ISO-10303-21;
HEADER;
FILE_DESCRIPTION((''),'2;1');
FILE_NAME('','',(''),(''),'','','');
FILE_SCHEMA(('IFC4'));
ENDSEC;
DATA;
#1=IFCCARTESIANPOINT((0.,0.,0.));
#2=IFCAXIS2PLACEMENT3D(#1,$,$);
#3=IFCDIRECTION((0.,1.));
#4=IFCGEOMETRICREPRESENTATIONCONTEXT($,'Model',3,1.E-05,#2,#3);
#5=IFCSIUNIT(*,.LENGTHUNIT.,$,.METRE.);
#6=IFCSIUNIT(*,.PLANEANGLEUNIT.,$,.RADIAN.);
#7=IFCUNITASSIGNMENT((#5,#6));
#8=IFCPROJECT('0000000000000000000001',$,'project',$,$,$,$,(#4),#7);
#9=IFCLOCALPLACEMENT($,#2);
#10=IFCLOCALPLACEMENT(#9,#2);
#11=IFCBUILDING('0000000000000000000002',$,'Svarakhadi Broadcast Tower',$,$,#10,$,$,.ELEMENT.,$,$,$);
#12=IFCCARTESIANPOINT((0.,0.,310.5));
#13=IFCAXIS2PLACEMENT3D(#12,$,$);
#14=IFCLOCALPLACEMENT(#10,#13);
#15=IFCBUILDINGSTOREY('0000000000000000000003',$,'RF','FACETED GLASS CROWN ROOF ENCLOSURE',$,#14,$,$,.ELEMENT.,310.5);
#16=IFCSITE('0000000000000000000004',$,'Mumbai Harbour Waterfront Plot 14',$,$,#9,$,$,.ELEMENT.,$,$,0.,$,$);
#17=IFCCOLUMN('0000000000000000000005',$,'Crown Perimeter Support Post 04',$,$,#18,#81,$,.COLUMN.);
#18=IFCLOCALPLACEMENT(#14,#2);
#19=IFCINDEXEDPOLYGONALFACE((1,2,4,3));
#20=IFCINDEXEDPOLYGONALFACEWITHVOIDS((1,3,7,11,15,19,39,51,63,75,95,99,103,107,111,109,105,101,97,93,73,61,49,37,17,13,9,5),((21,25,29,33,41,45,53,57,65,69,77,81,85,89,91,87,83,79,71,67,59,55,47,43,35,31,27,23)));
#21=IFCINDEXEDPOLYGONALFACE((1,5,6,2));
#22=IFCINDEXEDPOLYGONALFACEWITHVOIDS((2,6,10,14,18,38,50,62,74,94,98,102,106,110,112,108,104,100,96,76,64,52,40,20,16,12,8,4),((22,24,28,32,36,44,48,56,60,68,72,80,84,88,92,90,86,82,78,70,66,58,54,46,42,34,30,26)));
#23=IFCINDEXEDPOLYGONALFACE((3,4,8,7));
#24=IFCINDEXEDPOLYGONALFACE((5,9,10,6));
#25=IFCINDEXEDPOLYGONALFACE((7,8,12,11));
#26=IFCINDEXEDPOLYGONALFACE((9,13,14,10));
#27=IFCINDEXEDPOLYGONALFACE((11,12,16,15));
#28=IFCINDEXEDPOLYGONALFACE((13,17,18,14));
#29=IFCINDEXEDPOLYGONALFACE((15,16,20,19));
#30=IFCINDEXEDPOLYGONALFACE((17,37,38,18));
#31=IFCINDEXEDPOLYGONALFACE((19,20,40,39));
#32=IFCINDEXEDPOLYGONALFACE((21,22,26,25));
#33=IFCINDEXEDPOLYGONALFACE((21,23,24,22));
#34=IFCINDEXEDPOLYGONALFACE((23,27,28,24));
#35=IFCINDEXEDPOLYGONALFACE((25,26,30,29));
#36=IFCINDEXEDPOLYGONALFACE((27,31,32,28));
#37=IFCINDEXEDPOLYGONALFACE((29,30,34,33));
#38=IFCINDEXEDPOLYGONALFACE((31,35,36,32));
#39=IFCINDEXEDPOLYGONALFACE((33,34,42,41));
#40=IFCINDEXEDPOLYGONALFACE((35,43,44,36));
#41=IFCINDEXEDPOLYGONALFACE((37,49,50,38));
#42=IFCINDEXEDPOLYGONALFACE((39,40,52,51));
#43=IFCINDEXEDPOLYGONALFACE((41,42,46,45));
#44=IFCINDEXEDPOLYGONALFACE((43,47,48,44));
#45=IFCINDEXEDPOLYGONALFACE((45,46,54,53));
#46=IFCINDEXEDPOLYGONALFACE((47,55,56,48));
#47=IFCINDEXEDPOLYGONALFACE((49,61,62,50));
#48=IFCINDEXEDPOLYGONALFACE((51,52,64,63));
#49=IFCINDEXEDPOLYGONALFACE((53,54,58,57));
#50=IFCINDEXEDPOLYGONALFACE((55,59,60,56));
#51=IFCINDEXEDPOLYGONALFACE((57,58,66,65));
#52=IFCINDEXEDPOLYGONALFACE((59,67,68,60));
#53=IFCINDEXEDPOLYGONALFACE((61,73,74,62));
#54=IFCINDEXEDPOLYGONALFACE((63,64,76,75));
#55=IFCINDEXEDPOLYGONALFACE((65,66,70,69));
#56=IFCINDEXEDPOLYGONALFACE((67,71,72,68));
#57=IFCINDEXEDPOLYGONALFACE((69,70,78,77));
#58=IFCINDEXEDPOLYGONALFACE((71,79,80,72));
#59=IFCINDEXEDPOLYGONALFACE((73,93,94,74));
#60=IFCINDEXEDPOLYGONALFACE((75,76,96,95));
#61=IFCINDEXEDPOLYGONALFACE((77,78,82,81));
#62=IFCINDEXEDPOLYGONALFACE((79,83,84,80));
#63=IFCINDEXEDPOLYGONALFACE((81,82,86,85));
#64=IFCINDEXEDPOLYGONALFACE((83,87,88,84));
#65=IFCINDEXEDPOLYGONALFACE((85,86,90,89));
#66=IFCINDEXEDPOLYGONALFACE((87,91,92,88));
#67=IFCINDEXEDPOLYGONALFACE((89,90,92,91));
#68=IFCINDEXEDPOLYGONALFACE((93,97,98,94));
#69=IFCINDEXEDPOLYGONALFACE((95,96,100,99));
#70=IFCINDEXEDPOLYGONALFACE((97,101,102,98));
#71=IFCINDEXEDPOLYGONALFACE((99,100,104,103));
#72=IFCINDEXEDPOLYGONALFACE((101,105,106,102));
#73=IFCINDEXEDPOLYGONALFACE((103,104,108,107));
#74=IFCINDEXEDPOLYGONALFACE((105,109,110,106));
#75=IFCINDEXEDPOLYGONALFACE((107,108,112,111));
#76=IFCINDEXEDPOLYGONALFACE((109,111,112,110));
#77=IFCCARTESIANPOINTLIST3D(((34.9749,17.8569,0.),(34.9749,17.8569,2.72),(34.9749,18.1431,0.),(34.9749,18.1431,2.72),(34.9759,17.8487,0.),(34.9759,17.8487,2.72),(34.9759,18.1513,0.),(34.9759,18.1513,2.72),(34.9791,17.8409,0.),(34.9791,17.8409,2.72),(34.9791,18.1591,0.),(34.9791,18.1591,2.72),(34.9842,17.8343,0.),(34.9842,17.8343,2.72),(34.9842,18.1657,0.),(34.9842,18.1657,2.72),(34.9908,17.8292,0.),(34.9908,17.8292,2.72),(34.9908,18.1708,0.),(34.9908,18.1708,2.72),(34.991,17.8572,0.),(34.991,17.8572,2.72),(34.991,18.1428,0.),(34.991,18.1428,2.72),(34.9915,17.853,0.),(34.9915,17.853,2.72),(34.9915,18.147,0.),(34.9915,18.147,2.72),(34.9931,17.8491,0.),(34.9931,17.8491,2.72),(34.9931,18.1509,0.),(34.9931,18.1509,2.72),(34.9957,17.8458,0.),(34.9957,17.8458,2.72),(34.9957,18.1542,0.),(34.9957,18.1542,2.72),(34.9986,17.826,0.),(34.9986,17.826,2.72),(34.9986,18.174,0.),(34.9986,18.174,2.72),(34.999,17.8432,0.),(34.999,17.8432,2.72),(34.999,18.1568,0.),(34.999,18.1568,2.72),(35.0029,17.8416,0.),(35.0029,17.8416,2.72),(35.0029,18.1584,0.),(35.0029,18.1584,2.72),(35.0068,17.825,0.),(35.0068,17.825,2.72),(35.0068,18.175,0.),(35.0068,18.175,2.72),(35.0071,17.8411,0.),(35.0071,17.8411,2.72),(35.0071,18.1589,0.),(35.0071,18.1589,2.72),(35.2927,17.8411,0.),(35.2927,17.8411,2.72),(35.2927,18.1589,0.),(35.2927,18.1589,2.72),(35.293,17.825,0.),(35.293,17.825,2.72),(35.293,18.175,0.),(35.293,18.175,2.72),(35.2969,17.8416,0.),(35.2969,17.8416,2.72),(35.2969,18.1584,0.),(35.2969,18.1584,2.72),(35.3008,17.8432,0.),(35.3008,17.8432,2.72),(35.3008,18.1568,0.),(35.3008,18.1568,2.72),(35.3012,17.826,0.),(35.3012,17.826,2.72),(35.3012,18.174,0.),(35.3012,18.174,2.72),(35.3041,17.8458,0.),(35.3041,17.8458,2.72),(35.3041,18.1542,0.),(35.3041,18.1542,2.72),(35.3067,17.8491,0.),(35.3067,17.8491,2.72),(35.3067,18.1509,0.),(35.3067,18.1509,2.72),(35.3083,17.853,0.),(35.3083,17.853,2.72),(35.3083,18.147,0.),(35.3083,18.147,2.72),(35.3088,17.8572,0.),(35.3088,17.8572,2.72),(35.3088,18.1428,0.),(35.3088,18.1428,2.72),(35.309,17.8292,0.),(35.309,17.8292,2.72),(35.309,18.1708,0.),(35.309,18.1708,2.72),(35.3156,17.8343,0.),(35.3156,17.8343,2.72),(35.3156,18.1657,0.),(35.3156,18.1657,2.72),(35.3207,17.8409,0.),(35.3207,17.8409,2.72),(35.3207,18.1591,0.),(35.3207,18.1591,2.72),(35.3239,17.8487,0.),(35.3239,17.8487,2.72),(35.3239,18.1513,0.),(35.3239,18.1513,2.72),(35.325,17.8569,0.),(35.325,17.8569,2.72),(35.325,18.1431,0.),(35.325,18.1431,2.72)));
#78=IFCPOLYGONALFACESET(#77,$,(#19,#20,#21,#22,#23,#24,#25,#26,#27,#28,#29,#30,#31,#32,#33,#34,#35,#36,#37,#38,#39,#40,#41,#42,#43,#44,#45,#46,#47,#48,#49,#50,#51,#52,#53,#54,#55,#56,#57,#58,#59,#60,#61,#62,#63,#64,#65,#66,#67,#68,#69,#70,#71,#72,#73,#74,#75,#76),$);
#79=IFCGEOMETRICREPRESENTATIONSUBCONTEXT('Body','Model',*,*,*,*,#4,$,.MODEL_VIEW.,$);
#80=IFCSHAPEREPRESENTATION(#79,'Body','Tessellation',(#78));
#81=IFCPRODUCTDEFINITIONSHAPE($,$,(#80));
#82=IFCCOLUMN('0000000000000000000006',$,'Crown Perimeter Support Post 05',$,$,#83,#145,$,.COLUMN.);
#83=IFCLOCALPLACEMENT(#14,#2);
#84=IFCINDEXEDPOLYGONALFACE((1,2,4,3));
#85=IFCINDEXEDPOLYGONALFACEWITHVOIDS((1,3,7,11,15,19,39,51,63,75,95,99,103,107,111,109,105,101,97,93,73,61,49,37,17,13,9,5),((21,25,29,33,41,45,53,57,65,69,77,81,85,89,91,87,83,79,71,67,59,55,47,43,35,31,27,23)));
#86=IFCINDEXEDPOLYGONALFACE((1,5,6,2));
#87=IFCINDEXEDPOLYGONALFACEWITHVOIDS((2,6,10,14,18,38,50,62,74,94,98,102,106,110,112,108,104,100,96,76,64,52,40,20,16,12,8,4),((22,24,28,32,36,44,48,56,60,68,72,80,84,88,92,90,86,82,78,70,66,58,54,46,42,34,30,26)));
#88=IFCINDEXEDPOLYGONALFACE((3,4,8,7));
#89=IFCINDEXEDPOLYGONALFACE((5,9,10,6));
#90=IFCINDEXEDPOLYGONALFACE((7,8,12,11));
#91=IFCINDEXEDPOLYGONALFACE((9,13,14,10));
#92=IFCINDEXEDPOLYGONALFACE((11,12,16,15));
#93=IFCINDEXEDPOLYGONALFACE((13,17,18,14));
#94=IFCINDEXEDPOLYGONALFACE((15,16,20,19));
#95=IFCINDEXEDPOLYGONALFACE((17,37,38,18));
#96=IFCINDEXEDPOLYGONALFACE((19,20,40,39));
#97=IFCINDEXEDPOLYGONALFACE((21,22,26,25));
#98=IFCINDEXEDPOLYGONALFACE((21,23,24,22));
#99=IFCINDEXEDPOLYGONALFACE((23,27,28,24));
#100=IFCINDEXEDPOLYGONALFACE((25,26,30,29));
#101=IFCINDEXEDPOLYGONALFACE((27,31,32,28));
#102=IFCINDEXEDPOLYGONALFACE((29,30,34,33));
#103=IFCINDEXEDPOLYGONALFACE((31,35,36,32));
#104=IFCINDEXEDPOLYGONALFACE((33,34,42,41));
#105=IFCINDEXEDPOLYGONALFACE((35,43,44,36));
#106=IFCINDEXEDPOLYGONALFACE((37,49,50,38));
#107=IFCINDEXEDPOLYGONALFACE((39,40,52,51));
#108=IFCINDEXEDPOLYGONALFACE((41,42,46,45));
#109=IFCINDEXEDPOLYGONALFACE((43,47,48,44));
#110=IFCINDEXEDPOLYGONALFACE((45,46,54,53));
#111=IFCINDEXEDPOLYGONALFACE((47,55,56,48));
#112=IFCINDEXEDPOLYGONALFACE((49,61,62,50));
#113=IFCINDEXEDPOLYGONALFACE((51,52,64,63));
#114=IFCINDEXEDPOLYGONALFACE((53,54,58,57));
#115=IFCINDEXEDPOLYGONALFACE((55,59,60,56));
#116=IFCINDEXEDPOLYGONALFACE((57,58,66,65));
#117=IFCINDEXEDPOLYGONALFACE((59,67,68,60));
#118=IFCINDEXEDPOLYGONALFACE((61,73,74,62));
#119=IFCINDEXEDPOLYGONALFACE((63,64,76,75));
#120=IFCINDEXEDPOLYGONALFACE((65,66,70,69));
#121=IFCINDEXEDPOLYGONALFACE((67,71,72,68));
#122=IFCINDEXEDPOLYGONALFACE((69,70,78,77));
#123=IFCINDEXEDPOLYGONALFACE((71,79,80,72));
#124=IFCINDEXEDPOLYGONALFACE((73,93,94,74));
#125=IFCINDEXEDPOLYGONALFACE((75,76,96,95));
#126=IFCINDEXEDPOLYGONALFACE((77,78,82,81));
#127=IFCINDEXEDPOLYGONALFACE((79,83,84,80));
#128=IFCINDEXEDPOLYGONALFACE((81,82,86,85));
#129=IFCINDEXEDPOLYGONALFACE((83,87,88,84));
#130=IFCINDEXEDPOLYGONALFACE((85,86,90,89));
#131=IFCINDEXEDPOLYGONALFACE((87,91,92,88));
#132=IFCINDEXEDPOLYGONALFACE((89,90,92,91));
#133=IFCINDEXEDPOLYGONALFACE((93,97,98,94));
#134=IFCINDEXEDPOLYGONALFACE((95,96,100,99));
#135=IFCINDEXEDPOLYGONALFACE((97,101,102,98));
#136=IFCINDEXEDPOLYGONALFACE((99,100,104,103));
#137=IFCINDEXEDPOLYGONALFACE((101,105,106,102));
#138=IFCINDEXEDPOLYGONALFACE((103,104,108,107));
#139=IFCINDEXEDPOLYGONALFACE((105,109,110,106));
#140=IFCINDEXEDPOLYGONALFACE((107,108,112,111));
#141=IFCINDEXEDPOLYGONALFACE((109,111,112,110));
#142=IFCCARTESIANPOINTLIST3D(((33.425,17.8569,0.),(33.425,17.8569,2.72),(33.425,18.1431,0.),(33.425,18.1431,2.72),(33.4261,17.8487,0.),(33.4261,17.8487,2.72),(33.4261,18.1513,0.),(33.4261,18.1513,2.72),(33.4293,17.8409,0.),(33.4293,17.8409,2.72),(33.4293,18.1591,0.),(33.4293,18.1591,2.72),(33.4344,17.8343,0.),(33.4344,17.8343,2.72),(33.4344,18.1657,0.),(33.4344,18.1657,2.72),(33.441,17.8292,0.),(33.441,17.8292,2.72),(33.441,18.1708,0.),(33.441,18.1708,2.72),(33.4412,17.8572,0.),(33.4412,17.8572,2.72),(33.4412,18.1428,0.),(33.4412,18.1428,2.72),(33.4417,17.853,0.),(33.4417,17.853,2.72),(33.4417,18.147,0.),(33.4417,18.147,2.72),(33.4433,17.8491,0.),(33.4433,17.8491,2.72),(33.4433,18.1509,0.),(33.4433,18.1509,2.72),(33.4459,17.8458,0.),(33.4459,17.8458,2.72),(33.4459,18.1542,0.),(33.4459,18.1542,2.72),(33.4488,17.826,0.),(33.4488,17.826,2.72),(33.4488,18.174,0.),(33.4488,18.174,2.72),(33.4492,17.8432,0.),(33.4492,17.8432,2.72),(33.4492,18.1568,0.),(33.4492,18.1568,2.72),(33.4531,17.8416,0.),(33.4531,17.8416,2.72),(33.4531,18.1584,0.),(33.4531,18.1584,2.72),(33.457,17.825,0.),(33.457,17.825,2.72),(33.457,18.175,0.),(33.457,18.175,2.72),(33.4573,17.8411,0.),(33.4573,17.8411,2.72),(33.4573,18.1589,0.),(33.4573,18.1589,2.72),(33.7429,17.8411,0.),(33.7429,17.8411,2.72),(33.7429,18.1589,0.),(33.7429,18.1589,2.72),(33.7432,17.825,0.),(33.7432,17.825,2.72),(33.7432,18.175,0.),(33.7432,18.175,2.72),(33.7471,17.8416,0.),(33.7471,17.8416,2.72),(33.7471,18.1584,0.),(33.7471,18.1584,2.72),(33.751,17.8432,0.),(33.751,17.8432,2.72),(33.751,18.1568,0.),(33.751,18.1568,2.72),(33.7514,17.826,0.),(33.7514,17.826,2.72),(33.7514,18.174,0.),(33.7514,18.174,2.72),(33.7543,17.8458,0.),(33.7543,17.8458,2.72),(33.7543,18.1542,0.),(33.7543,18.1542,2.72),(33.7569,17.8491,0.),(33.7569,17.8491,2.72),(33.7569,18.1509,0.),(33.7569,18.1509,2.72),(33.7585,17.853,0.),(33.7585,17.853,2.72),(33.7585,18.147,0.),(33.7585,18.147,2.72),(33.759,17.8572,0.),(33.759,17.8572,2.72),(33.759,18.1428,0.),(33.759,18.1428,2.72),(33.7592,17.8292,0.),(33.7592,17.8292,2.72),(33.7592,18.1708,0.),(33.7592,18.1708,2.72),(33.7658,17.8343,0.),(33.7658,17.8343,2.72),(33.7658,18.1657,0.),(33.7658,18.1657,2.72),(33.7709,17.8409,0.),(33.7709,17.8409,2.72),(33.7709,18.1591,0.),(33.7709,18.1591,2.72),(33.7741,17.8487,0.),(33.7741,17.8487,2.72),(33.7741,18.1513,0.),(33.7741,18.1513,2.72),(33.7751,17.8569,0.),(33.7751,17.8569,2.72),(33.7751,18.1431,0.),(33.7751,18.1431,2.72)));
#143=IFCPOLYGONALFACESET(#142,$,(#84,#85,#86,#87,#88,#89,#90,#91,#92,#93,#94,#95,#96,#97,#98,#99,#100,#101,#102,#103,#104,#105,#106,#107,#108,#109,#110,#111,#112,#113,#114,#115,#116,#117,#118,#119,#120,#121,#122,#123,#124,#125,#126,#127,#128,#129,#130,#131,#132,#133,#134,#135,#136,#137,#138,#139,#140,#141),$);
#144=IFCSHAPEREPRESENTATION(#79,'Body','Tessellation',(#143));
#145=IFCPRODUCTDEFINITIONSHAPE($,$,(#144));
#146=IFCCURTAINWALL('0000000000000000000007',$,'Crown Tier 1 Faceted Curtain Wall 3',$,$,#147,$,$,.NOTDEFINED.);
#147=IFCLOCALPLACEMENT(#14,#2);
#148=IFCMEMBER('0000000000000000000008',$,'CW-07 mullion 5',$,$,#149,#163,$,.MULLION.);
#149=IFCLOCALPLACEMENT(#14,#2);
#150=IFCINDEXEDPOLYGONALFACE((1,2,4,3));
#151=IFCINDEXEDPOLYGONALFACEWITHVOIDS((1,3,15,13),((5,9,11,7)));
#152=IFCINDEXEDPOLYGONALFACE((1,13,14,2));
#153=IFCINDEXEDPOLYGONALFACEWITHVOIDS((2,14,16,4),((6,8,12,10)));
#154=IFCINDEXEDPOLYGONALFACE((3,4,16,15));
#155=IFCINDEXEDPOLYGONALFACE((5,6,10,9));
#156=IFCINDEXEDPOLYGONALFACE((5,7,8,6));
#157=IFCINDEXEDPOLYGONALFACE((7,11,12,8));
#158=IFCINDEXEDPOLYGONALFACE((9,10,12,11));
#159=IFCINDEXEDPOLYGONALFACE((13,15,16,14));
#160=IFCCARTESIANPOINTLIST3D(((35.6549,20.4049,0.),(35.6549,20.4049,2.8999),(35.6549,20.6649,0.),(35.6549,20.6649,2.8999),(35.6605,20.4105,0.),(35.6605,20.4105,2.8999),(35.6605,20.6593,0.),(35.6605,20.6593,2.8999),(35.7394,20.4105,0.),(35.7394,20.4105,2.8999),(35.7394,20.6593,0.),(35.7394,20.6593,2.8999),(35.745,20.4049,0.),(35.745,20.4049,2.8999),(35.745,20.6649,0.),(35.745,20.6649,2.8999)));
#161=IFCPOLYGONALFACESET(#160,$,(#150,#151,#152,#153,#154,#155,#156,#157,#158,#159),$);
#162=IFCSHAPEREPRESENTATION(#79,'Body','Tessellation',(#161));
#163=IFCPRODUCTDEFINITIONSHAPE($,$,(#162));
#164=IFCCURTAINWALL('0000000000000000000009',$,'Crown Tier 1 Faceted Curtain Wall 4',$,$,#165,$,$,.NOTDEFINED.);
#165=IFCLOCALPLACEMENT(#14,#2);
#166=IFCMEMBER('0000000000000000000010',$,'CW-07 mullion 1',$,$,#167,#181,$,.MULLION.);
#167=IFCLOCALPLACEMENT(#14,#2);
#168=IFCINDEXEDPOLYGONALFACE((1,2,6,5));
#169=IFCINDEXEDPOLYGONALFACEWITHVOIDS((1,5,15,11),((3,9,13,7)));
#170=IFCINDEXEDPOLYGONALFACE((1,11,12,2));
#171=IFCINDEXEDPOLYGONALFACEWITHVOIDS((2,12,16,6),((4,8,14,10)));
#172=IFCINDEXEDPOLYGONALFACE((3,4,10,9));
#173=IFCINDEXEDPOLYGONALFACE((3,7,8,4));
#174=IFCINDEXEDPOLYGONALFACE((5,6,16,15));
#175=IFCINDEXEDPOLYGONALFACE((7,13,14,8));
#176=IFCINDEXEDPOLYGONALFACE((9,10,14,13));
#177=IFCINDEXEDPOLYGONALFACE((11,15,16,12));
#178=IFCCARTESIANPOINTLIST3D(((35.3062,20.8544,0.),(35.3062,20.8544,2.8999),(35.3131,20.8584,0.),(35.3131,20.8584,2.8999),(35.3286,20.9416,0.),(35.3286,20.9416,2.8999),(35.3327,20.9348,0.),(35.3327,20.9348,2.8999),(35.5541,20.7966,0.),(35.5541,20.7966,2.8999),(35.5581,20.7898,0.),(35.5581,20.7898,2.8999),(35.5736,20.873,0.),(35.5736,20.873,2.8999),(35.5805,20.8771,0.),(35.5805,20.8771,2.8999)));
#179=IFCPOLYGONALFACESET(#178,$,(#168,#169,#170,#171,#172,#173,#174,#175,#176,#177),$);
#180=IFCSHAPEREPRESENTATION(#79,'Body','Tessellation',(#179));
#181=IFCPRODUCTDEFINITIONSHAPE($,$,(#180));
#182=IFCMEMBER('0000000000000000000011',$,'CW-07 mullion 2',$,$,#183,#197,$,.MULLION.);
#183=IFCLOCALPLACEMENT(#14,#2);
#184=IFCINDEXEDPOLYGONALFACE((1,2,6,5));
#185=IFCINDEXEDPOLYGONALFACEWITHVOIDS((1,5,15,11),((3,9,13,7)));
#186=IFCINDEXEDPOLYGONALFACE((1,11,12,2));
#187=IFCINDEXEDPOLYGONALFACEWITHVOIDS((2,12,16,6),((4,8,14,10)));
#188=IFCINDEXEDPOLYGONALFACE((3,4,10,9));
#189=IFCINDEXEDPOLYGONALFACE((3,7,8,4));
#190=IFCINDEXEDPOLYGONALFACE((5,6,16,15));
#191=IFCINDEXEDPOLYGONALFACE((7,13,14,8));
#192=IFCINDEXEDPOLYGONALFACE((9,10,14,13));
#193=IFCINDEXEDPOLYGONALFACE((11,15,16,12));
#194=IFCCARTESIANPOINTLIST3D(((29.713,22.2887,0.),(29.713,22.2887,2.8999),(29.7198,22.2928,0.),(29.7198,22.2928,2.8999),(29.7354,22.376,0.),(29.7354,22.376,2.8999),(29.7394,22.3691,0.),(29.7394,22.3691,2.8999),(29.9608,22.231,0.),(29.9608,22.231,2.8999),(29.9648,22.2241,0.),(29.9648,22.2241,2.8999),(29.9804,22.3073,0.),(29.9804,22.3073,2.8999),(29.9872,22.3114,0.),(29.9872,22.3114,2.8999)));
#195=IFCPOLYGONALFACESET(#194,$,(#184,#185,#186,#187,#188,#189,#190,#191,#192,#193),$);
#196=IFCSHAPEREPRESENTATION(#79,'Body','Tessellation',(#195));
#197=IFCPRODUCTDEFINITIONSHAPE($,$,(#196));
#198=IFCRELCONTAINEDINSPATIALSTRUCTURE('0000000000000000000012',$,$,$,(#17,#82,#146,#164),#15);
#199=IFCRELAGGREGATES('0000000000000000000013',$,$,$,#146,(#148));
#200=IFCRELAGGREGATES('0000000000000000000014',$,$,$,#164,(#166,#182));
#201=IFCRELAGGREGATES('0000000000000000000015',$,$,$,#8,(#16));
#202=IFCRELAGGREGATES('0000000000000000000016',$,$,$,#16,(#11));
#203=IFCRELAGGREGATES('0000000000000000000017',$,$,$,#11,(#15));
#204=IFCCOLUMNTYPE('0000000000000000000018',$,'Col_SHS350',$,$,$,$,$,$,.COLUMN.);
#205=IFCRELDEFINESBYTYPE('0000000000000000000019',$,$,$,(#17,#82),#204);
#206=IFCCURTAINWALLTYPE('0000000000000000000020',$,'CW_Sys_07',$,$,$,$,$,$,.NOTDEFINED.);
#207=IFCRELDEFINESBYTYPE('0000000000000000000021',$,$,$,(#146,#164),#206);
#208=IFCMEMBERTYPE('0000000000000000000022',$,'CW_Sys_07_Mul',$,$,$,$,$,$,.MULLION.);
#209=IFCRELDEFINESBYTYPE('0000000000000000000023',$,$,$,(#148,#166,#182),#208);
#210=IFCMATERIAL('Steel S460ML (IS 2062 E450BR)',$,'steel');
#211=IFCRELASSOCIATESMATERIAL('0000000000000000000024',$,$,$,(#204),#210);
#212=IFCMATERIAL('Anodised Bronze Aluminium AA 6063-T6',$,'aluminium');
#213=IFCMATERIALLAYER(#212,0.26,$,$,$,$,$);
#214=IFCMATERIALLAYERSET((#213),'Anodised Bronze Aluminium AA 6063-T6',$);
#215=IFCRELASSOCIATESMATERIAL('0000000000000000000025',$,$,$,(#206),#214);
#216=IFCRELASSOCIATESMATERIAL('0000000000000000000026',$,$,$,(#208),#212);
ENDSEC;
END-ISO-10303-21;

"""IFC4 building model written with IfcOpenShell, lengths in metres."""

from ifc_helpers import new_model, si_unit, direction, frame, origin, origin_2d, place, context, subcontext, project, spatial, hollow_rectangle, extrude, material, layer, layer_set, material_profile, profile_set, type_object, element, aggregate, save


model = new_model("IFC4")

# Units and contexts
model_context = context("Model", 3, precision=1e-05, world=origin(), true_north=direction((0.0, 1.0)))
body_context = subcontext(model_context, "Body", "Model", "MODEL_VIEW")
ifc_project = project(units=[si_unit("LENGTHUNIT", "METRE"), si_unit("PLANEANGLEUNIT", "RADIAN")], contexts=[model_context])

# Site, building, storey
site_placement = place(None, origin())
site = spatial("IfcSite", under=ifc_project, at=site_placement, Name="Mumbai Harbour Waterfront Plot 14", CompositionType="ELEMENT", RefElevation=0.0)
building_placement = place(site_placement, origin())
building = spatial("IfcBuilding", under=site, at=building_placement, Name="Svarakhadi Broadcast Tower", CompositionType="ELEMENT")
storey_placement = place(building_placement, frame((0.0, 0.0, 310.5)))
storey = spatial("IfcBuildingStorey", under=building, at=storey_placement, Name="RF", Description="FACETED GLASS CROWN ROOF ENCLOSURE", CompositionType="ELEMENT", Elevation=310.5)

# Columns
ifc_material_1 = material(Name="Steel S460ML (IS 2062 E450BR)", Category="steel")
ifc_material_profile_1 = material_profile(ifc_material_1, hollow_rectangle(XDim=0.3501, YDim=0.3501, WallThickness=0.0161, InnerFilletRadius=0.0161, OuterFilletRadius=0.032, at=origin_2d()), Name="SHS 350x350x16")
ifc_profile_set_1 = profile_set([ifc_material_profile_1], Name="Steel S460ML (IS 2062 E450BR)")
column_type = type_object("IfcColumnType", Name="Col_SHS350", PredefinedType="COLUMN", material=ifc_profile_set_1)
for number, where, z_axis, x_axis, name in (
    (1, (35.1499, 18.0, 0.0), (0.0, 0.0, 1.0), (1.0, 0.0, 0.0), "Crown Perimeter Support Post 04"),
    (2, (33.6001, 18.0, 0.0), (0.0, 0.0, 1.0), (1.0, 0.0, 0.0), "Crown Perimeter Support Post 05"),
):
    element("IfcColumn", number, at=place(storey_placement, frame(where, z_axis=z_axis, x_axis=x_axis)), inside=storey, type_object=column_type, Name=name, PredefinedType="COLUMN", context=body_context, shape_type="SweptSolid", body=[
        extrude(hollow_rectangle(XDim=0.3501, YDim=0.3501, WallThickness=0.0161, InnerFilletRadius=0.0161, OuterFilletRadius=0.032, at=origin_2d()), origin(), (0.0, 0.0, 1.0), 2.72),
    ])

# Curtain wall, member
ifc_material_2 = material(Name="Anodised Bronze Aluminium AA 6063-T6", Category="aluminium")
ifc_layer_1 = layer(ifc_material_2, 0.26)
ifc_layer_set_1 = layer_set([ifc_layer_1], Name="Anodised Bronze Aluminium AA 6063-T6")
curtain_wall_type = type_object("IfcCurtainWallType", Name="CW_Sys_07", PredefinedType="NOTDEFINED", material=ifc_layer_set_1)
curtain_wall_1_placement = place(storey_placement, origin())
curtain_wall_1 = element("IfcCurtainWall", 3, at=curtain_wall_1_placement, inside=storey, type_object=curtain_wall_type, Name="Crown Tier 1 Faceted Curtain Wall 3", PredefinedType="NOTDEFINED")
ifc_material_profile_2 = material_profile(ifc_material_2, hollow_rectangle(XDim=0.0901, YDim=0.26, WallThickness=0.0056, at=origin_2d()), Name="ALU MULLION 260x90x6")
ifc_profile_set_2 = profile_set([ifc_material_profile_2], Name="Anodised Bronze Aluminium AA 6063-T6")
member_type_1 = type_object("IfcMemberType", Name="CW_Sys_07_Mul", PredefinedType="MULLION", material=ifc_profile_set_2)
member_1_placement = place(storey_placement, frame((35.7, 20.5349, 0.0), z_axis=(0.0, 0.0, 1.0), x_axis=(-1.0, 0.0, 0.0)))
member_1 = element("IfcMember", 4, at=member_1_placement, type_object=member_type_1, Name="CW-07 mullion 5", PredefinedType="MULLION", context=body_context, shape_type="SweptSolid", body=[
    extrude(hollow_rectangle(XDim=0.0901, YDim=0.26, WallThickness=0.0056, at=origin_2d()), origin(), (0.0, 0.0, 1.0), 2.8999),
])

# Curtain wall, members
curtain_wall_2_placement = place(storey_placement, origin())
curtain_wall_2 = element("IfcCurtainWall", 5, at=curtain_wall_2_placement, inside=storey, type_object=curtain_wall_type, Name="Crown Tier 1 Faceted Curtain Wall 4", PredefinedType="NOTDEFINED")
member_2_placement = place(storey_placement, frame((35.4434, 20.8657, 0.0), z_axis=(0.0, 0.0, 1.0), x_axis=(-0.248382, -0.968662, 0.0)))
member_2 = element("IfcMember", 6, at=member_2_placement, type_object=member_type_1, Name="CW-07 mullion 1", PredefinedType="MULLION", context=body_context, shape_type="SweptSolid", body=[
    extrude(hollow_rectangle(XDim=0.0901, YDim=0.26, WallThickness=0.0056, at=origin_2d()), origin(), (0.0, 0.0, 1.0), 2.8999),
])
member_3_placement = place(storey_placement, frame((29.8501, 22.3, 0.0), z_axis=(0.0, 0.0, 1.0), x_axis=(-0.248382, -0.968662, 0.0)))
member_3 = element("IfcMember", 7, at=member_3_placement, type_object=member_type_1, Name="CW-07 mullion 2", PredefinedType="MULLION", context=body_context, shape_type="SweptSolid", body=[
    extrude(hollow_rectangle(XDim=0.0901, YDim=0.26, WallThickness=0.0056, at=origin_2d()), origin(), (0.0, 0.0, 1.0), 2.8999),
])

aggregate(curtain_wall_1, [member_1])
aggregate(curtain_wall_2, [member_2, member_3])

save(model, "model.ifc")
